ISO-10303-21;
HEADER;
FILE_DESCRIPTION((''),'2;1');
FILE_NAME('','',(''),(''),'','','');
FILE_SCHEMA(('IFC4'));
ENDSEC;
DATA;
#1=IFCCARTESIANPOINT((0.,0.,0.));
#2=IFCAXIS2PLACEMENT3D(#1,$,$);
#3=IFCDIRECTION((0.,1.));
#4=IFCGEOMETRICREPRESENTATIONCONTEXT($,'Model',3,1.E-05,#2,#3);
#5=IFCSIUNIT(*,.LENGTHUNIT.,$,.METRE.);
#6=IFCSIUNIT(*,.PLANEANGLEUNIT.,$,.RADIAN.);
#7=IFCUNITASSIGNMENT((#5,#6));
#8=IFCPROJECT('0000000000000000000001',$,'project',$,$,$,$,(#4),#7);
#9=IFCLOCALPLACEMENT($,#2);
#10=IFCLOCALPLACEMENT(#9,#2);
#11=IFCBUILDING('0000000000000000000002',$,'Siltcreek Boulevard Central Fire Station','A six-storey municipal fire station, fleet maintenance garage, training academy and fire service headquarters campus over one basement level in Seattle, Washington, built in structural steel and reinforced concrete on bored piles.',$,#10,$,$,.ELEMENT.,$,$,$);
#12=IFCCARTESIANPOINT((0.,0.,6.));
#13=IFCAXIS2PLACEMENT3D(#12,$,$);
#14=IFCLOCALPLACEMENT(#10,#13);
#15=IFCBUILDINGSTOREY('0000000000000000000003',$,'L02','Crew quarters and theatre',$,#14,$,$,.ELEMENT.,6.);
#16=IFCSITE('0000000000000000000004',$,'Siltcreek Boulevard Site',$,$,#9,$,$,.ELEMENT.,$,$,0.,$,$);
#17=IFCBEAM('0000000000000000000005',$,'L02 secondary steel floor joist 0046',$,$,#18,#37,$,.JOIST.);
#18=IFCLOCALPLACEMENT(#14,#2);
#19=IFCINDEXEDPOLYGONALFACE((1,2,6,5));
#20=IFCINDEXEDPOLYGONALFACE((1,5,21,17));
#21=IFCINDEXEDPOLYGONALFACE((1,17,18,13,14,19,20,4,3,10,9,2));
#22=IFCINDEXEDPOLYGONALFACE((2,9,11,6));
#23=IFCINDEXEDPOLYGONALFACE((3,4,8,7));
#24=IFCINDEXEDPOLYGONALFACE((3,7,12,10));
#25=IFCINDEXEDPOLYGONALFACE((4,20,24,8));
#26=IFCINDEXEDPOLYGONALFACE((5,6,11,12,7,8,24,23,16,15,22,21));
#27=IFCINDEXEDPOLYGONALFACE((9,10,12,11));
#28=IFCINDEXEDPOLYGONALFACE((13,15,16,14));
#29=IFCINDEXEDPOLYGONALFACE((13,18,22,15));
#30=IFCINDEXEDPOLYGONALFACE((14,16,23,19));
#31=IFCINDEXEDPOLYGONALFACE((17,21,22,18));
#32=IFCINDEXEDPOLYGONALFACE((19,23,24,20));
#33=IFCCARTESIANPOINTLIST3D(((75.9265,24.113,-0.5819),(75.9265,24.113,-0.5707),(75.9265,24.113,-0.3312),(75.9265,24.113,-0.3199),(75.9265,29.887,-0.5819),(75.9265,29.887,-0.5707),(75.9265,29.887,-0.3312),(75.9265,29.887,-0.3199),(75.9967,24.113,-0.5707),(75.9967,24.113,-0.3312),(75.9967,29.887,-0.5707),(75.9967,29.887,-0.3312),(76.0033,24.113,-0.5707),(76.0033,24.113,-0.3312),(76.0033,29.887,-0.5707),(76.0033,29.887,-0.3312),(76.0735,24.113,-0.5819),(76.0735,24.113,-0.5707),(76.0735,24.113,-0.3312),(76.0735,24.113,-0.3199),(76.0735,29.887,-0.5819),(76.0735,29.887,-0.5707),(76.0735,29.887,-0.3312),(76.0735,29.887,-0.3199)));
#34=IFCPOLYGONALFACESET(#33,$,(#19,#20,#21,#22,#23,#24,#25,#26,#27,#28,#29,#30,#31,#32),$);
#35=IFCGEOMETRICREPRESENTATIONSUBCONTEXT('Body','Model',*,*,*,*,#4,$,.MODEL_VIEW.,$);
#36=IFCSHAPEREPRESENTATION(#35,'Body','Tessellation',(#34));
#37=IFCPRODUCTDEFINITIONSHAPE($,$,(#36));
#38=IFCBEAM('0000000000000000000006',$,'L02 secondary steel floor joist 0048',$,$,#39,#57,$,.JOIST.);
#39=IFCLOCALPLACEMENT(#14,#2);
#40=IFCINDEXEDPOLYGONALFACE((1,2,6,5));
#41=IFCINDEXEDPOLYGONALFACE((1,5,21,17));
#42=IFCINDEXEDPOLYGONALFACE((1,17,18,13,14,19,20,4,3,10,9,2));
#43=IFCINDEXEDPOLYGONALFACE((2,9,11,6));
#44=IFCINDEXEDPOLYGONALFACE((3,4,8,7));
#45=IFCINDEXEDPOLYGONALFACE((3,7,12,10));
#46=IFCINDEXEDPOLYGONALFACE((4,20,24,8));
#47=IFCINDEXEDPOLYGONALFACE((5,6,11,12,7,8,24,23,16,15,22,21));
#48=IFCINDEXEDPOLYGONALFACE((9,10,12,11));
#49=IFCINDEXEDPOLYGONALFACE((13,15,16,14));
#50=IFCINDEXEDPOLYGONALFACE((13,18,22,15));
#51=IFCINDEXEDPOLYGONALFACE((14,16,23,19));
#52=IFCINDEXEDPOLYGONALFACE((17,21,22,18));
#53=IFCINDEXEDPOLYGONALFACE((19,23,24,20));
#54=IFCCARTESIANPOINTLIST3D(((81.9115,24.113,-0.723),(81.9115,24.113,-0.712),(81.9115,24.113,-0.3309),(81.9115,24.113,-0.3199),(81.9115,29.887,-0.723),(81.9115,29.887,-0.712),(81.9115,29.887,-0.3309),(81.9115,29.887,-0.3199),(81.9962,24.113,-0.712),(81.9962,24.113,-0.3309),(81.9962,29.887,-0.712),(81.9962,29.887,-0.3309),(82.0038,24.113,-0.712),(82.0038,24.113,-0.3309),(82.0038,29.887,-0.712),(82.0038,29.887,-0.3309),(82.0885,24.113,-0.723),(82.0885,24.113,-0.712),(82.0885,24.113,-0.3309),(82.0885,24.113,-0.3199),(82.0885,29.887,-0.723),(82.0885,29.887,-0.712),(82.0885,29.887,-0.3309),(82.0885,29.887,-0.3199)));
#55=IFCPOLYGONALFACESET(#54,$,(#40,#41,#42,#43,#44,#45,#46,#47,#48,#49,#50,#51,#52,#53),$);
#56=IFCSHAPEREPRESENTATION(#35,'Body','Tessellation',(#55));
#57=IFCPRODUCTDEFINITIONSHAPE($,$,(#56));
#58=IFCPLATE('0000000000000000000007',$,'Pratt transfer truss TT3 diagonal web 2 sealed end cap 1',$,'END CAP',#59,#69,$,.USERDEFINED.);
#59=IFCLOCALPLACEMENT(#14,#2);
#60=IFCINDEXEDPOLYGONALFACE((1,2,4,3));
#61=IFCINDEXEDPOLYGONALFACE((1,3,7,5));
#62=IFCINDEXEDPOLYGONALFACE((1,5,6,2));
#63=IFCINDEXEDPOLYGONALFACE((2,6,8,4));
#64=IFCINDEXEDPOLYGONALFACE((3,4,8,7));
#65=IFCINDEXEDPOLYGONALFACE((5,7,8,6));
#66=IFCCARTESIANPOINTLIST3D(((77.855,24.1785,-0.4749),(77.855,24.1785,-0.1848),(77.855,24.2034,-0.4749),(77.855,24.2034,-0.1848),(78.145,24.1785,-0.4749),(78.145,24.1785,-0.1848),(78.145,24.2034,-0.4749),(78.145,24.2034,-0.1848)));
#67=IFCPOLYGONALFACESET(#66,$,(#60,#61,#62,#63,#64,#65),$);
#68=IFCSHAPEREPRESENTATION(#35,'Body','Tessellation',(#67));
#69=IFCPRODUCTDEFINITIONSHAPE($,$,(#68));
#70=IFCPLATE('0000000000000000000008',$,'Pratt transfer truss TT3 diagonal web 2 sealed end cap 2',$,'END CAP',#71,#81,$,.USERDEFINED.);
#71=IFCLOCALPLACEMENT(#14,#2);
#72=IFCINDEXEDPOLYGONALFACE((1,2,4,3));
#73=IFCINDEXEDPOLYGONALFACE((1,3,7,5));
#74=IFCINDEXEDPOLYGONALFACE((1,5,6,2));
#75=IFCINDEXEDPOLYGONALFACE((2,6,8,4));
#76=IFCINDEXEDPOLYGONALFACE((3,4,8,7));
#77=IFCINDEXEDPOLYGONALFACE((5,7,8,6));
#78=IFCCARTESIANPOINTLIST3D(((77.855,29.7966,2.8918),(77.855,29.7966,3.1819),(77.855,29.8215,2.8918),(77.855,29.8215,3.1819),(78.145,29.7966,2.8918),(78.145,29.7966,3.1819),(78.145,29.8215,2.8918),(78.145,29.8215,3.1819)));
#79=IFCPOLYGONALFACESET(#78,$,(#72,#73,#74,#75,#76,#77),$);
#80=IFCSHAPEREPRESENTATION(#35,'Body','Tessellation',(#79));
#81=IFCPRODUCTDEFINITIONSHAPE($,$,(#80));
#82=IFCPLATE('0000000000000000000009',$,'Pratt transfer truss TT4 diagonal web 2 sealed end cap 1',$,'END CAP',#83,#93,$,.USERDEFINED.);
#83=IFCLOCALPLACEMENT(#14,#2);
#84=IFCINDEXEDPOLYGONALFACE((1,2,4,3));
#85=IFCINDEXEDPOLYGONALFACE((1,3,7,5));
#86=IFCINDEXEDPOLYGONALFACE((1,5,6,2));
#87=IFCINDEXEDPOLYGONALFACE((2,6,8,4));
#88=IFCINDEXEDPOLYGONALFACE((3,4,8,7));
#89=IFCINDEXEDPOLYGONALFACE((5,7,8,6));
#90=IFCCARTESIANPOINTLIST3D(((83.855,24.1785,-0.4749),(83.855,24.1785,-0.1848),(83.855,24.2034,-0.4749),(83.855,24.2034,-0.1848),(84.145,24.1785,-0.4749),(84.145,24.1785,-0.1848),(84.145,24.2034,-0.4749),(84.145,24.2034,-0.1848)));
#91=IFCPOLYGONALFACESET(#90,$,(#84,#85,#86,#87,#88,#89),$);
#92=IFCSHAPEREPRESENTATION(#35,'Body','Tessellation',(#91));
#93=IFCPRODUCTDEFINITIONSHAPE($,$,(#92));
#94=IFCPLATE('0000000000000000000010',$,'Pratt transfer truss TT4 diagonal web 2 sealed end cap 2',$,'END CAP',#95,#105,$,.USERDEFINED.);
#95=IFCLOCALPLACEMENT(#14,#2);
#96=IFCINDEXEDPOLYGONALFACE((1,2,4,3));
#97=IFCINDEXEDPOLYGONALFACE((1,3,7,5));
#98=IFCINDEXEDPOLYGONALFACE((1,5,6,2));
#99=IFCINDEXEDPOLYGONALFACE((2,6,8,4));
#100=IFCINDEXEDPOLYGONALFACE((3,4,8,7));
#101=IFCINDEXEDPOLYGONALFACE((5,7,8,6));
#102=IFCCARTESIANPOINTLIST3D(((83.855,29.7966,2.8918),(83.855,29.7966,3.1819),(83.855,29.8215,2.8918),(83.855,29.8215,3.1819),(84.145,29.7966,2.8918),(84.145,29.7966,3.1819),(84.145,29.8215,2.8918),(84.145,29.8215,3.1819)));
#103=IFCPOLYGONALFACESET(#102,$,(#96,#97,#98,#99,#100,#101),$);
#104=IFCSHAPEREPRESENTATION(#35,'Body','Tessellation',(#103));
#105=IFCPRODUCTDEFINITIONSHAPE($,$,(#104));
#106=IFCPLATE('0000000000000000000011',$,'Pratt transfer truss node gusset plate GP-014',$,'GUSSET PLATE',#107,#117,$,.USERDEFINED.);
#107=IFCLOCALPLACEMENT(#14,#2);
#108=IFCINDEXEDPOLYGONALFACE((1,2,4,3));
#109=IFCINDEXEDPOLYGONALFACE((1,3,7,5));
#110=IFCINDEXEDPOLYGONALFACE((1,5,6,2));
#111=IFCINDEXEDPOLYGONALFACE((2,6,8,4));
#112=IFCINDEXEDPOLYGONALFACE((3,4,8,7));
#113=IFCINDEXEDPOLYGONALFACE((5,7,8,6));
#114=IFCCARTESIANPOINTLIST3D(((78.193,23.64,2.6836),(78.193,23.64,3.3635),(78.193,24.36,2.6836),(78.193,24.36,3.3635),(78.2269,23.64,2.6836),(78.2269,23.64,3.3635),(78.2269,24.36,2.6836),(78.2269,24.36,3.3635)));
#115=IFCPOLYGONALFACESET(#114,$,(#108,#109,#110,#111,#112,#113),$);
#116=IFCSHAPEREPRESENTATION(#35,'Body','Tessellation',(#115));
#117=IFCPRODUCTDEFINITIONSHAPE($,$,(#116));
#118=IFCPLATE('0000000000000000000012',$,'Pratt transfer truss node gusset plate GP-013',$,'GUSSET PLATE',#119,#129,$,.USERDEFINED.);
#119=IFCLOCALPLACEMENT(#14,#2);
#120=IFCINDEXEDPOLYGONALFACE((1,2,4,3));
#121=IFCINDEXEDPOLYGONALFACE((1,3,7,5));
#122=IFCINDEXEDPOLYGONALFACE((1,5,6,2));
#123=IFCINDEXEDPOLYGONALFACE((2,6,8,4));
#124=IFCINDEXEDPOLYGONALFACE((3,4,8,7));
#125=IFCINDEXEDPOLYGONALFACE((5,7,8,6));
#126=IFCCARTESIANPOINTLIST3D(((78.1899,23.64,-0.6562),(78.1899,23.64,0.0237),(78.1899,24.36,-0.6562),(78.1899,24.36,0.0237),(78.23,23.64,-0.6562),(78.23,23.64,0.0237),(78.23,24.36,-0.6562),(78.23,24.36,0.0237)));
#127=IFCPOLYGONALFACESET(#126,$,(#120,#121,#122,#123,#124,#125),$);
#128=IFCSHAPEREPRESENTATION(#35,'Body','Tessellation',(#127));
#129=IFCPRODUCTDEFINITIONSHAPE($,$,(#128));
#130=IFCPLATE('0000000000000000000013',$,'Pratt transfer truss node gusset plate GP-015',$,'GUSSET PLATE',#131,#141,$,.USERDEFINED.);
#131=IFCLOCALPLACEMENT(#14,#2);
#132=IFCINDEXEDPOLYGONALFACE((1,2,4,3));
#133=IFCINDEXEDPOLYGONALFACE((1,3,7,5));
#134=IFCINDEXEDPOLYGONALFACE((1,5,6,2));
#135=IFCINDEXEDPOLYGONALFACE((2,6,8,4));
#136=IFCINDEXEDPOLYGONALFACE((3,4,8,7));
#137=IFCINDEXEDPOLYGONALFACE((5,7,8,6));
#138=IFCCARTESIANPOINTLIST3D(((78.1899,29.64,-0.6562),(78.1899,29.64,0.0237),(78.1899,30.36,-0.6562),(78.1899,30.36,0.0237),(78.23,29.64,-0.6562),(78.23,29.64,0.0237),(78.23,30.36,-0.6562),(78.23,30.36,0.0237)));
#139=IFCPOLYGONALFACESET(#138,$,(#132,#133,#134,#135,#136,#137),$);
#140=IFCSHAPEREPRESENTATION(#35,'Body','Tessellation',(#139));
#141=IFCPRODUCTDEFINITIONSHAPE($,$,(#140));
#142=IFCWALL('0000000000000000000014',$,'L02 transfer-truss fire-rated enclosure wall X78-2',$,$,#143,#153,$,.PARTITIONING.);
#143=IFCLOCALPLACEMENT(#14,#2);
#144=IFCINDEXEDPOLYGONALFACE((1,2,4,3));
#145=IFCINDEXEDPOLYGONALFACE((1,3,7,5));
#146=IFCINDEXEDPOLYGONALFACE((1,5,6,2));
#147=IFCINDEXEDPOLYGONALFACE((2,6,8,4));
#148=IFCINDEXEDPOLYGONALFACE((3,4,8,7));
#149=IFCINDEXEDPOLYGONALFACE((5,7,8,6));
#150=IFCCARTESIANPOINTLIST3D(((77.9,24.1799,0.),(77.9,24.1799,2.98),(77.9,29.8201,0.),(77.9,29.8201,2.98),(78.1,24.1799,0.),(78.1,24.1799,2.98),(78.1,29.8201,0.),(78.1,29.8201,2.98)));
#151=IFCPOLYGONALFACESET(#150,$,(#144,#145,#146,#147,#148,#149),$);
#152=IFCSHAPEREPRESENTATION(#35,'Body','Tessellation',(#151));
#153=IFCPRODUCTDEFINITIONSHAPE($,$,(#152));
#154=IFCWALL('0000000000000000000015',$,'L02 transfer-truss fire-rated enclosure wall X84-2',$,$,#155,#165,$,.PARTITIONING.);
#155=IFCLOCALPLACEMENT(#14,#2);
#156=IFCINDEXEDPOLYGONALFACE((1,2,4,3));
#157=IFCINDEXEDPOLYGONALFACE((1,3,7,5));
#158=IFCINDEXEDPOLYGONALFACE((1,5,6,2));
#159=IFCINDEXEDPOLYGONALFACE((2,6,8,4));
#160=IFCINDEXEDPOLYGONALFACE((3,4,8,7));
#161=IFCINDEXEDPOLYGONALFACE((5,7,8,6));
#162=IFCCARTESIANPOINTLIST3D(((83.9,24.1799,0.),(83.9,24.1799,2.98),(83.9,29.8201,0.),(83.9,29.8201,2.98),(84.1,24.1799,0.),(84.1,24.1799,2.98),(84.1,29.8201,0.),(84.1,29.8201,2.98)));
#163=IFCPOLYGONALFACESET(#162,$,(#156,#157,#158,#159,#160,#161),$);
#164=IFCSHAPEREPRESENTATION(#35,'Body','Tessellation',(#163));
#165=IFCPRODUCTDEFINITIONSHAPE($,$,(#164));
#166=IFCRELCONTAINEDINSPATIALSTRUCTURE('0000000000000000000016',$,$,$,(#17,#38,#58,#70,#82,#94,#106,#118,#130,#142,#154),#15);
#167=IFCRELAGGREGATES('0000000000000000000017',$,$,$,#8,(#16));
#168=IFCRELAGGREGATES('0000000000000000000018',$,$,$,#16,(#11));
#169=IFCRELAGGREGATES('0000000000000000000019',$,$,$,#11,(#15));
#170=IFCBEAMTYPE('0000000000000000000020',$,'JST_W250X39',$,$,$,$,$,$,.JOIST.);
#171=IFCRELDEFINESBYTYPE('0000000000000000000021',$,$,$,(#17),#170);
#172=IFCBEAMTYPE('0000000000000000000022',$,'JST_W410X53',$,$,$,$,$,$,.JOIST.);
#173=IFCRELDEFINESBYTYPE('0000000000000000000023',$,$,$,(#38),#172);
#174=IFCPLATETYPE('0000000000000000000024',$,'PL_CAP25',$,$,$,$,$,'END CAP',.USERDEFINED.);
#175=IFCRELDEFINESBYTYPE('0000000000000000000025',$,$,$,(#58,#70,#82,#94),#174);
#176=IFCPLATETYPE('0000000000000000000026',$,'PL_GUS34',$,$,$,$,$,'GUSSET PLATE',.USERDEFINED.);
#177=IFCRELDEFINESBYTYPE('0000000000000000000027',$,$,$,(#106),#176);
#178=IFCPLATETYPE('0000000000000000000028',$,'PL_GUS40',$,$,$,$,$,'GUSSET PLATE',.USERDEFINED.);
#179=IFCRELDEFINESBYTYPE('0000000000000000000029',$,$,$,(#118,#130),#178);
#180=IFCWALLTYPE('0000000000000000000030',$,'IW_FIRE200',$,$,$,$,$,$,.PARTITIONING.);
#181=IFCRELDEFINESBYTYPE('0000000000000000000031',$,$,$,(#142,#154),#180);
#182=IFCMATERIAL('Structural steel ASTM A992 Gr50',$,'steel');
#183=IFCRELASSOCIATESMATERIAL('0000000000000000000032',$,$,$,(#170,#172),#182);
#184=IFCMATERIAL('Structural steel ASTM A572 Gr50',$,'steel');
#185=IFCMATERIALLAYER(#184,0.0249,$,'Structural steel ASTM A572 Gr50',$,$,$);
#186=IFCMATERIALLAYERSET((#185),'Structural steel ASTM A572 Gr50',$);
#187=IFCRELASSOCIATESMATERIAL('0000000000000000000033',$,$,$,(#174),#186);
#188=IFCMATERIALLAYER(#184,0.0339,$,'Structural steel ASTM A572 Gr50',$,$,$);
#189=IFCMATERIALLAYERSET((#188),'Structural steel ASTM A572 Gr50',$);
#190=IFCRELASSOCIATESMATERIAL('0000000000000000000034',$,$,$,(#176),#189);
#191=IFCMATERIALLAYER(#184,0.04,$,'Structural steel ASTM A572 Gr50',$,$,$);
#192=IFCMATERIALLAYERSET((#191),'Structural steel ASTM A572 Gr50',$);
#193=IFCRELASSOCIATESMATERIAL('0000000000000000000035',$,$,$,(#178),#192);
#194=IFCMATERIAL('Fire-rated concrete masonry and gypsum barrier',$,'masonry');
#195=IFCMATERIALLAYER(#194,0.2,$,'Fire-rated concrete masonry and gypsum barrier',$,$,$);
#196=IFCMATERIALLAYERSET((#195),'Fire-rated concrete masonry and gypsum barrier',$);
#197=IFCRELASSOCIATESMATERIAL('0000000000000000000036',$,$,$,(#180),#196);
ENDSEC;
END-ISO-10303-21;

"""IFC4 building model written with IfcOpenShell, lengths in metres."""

from ifc_helpers import new_model, si_unit, direction, frame, frame_2d, origin, origin_2d, place, context, subcontext, project, spatial, rectangle, i_section, extrude, material, layer, layer_set, material_profile, profile_set, type_object, element, save


model = new_model("IFC4")

# Units and contexts
model_context = context("Model", 3, precision=1e-05, world=origin(), true_north=direction((0.0, 1.0)))
body_context = subcontext(model_context, "Body", "Model", "MODEL_VIEW")
ifc_project = project(units=[si_unit("LENGTHUNIT", "METRE"), si_unit("PLANEANGLEUNIT", "RADIAN")], contexts=[model_context])

# Site, building, storey
site_placement = place(None, origin())
site = spatial("IfcSite", under=ifc_project, at=site_placement, Name="Siltcreek Boulevard Site", CompositionType="ELEMENT", RefElevation=0.0)
building_placement = place(site_placement, origin())
building = spatial("IfcBuilding", under=site, at=building_placement, Name="Siltcreek Boulevard Central Fire Station", Description="A six-storey municipal fire station, fleet maintenance garage, training academy and fire service headquarters campus over one basement level in Seattle, Washington, built in structural steel and reinforced concrete on bored piles.", CompositionType="ELEMENT")
storey_placement = place(building_placement, frame((0.0, 0.0, 6.0)))
storey = spatial("IfcBuildingStorey", under=building, at=storey_placement, Name="L02", Description="Crew quarters and theatre", CompositionType="ELEMENT", Elevation=6.0)

# Shared definitions
ifc_material_1 = material(Name="Structural steel ASTM A992 Gr50", Category="steel")

# Beams
ifc_material_profile_1 = material_profile(ifc_material_1, i_section(OverallWidth=0.147, OverallDepth=0.262, WebThickness=0.0066, FlangeThickness=0.0112, at=origin_2d()), Name="W250X39")
ifc_profile_set_1 = profile_set([ifc_material_profile_1], Name="Structural steel ASTM A992 Gr50")
beam_type_1 = type_object("IfcBeamType", Name="JST_W250X39", PredefinedType="JOIST", material=ifc_profile_set_1)
beam_1_placement = place(storey_placement, frame((76.0, 24.113, -0.4509), z_axis=(0.0, 1.0, 0.0), x_axis=(-1.0, 0.0, 0.0)))
element("IfcBeam", 1, at=beam_1_placement, inside=storey, type_object=beam_type_1, Name="L02 secondary steel floor joist 0046", PredefinedType="JOIST", context=body_context, shape_type="SweptSolid", body=[
    extrude(i_section(OverallWidth=0.147, OverallDepth=0.262, WebThickness=0.0066, FlangeThickness=0.0112, at=origin_2d()), origin(), (0.0, 0.0, 1.0), 5.7739),
])
ifc_material_profile_2 = material_profile(ifc_material_1, i_section(OverallWidth=0.177, OverallDepth=0.4031, WebThickness=0.0076, FlangeThickness=0.011, at=origin_2d()), Name="W410X53")
ifc_profile_set_2 = profile_set([ifc_material_profile_2], Name="Structural steel ASTM A992 Gr50")
beam_type_2 = type_object("IfcBeamType", Name="JST_W410X53", PredefinedType="JOIST", material=ifc_profile_set_2)
beam_2_placement = place(storey_placement, frame((82.0, 24.113, -0.5215), z_axis=(0.0, 1.0, 0.0), x_axis=(-1.0, 0.0, 0.0)))
element("IfcBeam", 2, at=beam_2_placement, inside=storey, type_object=beam_type_2, Name="L02 secondary steel floor joist 0048", PredefinedType="JOIST", context=body_context, shape_type="SweptSolid", body=[
    extrude(i_section(OverallWidth=0.177, OverallDepth=0.4031, WebThickness=0.0076, FlangeThickness=0.011, at=origin_2d()), origin(), (0.0, 0.0, 1.0), 5.7739),
])

# Plates
ifc_material_2 = material(Name="Structural steel ASTM A572 Gr50", Category="steel")
ifc_layer_1 = layer(ifc_material_2, 0.0249, Name="Structural steel ASTM A572 Gr50")
ifc_layer_set_1 = layer_set([ifc_layer_1], Name="Structural steel ASTM A572 Gr50")
plate_type_1 = type_object("IfcPlateType", Name="PL_CAP25", ElementType="END CAP", PredefinedType="USERDEFINED", material=ifc_layer_set_1)
for number, where, z_axis, x_axis, name in (
    (3, (78.0, 24.1909, -0.4749), (0.0, 0.0, 1.0), (0.0, 1.0, 0.0), "Pratt transfer truss TT3 diagonal web 2 sealed end cap 1"),
    (4, (78.0, 29.8091, 2.8918), (0.0, 0.0, 1.0), (0.0, 1.0, 0.0), "Pratt transfer truss TT3 diagonal web 2 sealed end cap 2"),
    (5, (84.0, 24.1909, -0.4749), (0.0, 0.0, 1.0), (0.0, 1.0, 0.0), "Pratt transfer truss TT4 diagonal web 2 sealed end cap 1"),
    (6, (84.0, 29.8091, 2.8918), (0.0, 0.0, 1.0), (0.0, 1.0, 0.0), "Pratt transfer truss TT4 diagonal web 2 sealed end cap 2"),
):
    element("IfcPlate", number, at=place(storey_placement, frame(where, z_axis=z_axis, x_axis=x_axis)), inside=storey, type_object=plate_type_1, Name=name, ObjectType="END CAP", PredefinedType="USERDEFINED", context=body_context, shape_type="SweptSolid", body=[
        extrude(rectangle(XDim=0.0249, YDim=0.29, at=origin_2d()), origin(), (0.0, 0.0, 1.0), 0.29),
    ])
ifc_layer_2 = layer(ifc_material_2, 0.0339, Name="Structural steel ASTM A572 Gr50")
ifc_layer_set_2 = layer_set([ifc_layer_2], Name="Structural steel ASTM A572 Gr50")
plate_type_2 = type_object("IfcPlateType", Name="PL_GUS34", ElementType="GUSSET PLATE", PredefinedType="USERDEFINED", material=ifc_layer_set_2)
plate_placement = place(storey_placement, frame((78.21, 24.0, 2.6836), z_axis=(0.0, 0.0, 1.0), x_axis=(1.0, 0.0, 0.0)))
element("IfcPlate", 7, at=plate_placement, inside=storey, type_object=plate_type_2, Name="Pratt transfer truss node gusset plate GP-014", ObjectType="GUSSET PLATE", PredefinedType="USERDEFINED", context=body_context, shape_type="SweptSolid", body=[
    extrude(rectangle(XDim=0.0339, YDim=0.72, at=origin_2d()), origin(), (0.0, 0.0, 1.0), 0.6799),
])
ifc_layer_3 = layer(ifc_material_2, 0.04, Name="Structural steel ASTM A572 Gr50")
ifc_layer_set_3 = layer_set([ifc_layer_3], Name="Structural steel ASTM A572 Gr50")
plate_type_3 = type_object("IfcPlateType", Name="PL_GUS40", ElementType="GUSSET PLATE", PredefinedType="USERDEFINED", material=ifc_layer_set_3)
for number, where, z_axis, x_axis, name in (
    (8, (78.21, 24.0, -0.6562), (0.0, 0.0, 1.0), (1.0, 0.0, 0.0), "Pratt transfer truss node gusset plate GP-013"),
    (9, (78.21, 30.0, -0.6562), (0.0, 0.0, 1.0), (1.0, 0.0, 0.0), "Pratt transfer truss node gusset plate GP-015"),
):
    element("IfcPlate", number, at=place(storey_placement, frame(where, z_axis=z_axis, x_axis=x_axis)), inside=storey, type_object=plate_type_3, Name=name, ObjectType="GUSSET PLATE", PredefinedType="USERDEFINED", context=body_context, shape_type="SweptSolid", body=[
        extrude(rectangle(XDim=0.04, YDim=0.72, at=origin_2d()), origin(), (0.0, 0.0, 1.0), 0.6799),
    ])

# Walls
ifc_material_3 = material(Name="Fire-rated concrete masonry and gypsum barrier", Category="masonry")
ifc_layer_4 = layer(ifc_material_3, 0.2, Name="Fire-rated concrete masonry and gypsum barrier")
ifc_layer_set_4 = layer_set([ifc_layer_4], Name="Fire-rated concrete masonry and gypsum barrier")
wall_type = type_object("IfcWallType", Name="IW_FIRE200", PredefinedType="PARTITIONING", material=ifc_layer_set_4)
for number, where, z_axis, x_axis, name in (
    (10, (78.0, 24.1799, 0.0), (0.0, 0.0, 1.0), (0.0, 1.0, 0.0), "L02 transfer-truss fire-rated enclosure wall X78-2"),
    (11, (84.0, 24.1799, 0.0), (0.0, 0.0, 1.0), (0.0, 1.0, 0.0), "L02 transfer-truss fire-rated enclosure wall X84-2"),
):
    element("IfcWall", number, at=place(storey_placement, frame(where, z_axis=z_axis, x_axis=x_axis)), inside=storey, type_object=wall_type, Name=name, PredefinedType="PARTITIONING", context=body_context, shape_type="SweptSolid", body=[
        extrude(rectangle(XDim=5.6401, YDim=0.2, at=frame_2d((2.8201, 0.0))), origin(), (0.0, 0.0, 1.0), 2.98),
    ])

save(model, "model.ifc")
